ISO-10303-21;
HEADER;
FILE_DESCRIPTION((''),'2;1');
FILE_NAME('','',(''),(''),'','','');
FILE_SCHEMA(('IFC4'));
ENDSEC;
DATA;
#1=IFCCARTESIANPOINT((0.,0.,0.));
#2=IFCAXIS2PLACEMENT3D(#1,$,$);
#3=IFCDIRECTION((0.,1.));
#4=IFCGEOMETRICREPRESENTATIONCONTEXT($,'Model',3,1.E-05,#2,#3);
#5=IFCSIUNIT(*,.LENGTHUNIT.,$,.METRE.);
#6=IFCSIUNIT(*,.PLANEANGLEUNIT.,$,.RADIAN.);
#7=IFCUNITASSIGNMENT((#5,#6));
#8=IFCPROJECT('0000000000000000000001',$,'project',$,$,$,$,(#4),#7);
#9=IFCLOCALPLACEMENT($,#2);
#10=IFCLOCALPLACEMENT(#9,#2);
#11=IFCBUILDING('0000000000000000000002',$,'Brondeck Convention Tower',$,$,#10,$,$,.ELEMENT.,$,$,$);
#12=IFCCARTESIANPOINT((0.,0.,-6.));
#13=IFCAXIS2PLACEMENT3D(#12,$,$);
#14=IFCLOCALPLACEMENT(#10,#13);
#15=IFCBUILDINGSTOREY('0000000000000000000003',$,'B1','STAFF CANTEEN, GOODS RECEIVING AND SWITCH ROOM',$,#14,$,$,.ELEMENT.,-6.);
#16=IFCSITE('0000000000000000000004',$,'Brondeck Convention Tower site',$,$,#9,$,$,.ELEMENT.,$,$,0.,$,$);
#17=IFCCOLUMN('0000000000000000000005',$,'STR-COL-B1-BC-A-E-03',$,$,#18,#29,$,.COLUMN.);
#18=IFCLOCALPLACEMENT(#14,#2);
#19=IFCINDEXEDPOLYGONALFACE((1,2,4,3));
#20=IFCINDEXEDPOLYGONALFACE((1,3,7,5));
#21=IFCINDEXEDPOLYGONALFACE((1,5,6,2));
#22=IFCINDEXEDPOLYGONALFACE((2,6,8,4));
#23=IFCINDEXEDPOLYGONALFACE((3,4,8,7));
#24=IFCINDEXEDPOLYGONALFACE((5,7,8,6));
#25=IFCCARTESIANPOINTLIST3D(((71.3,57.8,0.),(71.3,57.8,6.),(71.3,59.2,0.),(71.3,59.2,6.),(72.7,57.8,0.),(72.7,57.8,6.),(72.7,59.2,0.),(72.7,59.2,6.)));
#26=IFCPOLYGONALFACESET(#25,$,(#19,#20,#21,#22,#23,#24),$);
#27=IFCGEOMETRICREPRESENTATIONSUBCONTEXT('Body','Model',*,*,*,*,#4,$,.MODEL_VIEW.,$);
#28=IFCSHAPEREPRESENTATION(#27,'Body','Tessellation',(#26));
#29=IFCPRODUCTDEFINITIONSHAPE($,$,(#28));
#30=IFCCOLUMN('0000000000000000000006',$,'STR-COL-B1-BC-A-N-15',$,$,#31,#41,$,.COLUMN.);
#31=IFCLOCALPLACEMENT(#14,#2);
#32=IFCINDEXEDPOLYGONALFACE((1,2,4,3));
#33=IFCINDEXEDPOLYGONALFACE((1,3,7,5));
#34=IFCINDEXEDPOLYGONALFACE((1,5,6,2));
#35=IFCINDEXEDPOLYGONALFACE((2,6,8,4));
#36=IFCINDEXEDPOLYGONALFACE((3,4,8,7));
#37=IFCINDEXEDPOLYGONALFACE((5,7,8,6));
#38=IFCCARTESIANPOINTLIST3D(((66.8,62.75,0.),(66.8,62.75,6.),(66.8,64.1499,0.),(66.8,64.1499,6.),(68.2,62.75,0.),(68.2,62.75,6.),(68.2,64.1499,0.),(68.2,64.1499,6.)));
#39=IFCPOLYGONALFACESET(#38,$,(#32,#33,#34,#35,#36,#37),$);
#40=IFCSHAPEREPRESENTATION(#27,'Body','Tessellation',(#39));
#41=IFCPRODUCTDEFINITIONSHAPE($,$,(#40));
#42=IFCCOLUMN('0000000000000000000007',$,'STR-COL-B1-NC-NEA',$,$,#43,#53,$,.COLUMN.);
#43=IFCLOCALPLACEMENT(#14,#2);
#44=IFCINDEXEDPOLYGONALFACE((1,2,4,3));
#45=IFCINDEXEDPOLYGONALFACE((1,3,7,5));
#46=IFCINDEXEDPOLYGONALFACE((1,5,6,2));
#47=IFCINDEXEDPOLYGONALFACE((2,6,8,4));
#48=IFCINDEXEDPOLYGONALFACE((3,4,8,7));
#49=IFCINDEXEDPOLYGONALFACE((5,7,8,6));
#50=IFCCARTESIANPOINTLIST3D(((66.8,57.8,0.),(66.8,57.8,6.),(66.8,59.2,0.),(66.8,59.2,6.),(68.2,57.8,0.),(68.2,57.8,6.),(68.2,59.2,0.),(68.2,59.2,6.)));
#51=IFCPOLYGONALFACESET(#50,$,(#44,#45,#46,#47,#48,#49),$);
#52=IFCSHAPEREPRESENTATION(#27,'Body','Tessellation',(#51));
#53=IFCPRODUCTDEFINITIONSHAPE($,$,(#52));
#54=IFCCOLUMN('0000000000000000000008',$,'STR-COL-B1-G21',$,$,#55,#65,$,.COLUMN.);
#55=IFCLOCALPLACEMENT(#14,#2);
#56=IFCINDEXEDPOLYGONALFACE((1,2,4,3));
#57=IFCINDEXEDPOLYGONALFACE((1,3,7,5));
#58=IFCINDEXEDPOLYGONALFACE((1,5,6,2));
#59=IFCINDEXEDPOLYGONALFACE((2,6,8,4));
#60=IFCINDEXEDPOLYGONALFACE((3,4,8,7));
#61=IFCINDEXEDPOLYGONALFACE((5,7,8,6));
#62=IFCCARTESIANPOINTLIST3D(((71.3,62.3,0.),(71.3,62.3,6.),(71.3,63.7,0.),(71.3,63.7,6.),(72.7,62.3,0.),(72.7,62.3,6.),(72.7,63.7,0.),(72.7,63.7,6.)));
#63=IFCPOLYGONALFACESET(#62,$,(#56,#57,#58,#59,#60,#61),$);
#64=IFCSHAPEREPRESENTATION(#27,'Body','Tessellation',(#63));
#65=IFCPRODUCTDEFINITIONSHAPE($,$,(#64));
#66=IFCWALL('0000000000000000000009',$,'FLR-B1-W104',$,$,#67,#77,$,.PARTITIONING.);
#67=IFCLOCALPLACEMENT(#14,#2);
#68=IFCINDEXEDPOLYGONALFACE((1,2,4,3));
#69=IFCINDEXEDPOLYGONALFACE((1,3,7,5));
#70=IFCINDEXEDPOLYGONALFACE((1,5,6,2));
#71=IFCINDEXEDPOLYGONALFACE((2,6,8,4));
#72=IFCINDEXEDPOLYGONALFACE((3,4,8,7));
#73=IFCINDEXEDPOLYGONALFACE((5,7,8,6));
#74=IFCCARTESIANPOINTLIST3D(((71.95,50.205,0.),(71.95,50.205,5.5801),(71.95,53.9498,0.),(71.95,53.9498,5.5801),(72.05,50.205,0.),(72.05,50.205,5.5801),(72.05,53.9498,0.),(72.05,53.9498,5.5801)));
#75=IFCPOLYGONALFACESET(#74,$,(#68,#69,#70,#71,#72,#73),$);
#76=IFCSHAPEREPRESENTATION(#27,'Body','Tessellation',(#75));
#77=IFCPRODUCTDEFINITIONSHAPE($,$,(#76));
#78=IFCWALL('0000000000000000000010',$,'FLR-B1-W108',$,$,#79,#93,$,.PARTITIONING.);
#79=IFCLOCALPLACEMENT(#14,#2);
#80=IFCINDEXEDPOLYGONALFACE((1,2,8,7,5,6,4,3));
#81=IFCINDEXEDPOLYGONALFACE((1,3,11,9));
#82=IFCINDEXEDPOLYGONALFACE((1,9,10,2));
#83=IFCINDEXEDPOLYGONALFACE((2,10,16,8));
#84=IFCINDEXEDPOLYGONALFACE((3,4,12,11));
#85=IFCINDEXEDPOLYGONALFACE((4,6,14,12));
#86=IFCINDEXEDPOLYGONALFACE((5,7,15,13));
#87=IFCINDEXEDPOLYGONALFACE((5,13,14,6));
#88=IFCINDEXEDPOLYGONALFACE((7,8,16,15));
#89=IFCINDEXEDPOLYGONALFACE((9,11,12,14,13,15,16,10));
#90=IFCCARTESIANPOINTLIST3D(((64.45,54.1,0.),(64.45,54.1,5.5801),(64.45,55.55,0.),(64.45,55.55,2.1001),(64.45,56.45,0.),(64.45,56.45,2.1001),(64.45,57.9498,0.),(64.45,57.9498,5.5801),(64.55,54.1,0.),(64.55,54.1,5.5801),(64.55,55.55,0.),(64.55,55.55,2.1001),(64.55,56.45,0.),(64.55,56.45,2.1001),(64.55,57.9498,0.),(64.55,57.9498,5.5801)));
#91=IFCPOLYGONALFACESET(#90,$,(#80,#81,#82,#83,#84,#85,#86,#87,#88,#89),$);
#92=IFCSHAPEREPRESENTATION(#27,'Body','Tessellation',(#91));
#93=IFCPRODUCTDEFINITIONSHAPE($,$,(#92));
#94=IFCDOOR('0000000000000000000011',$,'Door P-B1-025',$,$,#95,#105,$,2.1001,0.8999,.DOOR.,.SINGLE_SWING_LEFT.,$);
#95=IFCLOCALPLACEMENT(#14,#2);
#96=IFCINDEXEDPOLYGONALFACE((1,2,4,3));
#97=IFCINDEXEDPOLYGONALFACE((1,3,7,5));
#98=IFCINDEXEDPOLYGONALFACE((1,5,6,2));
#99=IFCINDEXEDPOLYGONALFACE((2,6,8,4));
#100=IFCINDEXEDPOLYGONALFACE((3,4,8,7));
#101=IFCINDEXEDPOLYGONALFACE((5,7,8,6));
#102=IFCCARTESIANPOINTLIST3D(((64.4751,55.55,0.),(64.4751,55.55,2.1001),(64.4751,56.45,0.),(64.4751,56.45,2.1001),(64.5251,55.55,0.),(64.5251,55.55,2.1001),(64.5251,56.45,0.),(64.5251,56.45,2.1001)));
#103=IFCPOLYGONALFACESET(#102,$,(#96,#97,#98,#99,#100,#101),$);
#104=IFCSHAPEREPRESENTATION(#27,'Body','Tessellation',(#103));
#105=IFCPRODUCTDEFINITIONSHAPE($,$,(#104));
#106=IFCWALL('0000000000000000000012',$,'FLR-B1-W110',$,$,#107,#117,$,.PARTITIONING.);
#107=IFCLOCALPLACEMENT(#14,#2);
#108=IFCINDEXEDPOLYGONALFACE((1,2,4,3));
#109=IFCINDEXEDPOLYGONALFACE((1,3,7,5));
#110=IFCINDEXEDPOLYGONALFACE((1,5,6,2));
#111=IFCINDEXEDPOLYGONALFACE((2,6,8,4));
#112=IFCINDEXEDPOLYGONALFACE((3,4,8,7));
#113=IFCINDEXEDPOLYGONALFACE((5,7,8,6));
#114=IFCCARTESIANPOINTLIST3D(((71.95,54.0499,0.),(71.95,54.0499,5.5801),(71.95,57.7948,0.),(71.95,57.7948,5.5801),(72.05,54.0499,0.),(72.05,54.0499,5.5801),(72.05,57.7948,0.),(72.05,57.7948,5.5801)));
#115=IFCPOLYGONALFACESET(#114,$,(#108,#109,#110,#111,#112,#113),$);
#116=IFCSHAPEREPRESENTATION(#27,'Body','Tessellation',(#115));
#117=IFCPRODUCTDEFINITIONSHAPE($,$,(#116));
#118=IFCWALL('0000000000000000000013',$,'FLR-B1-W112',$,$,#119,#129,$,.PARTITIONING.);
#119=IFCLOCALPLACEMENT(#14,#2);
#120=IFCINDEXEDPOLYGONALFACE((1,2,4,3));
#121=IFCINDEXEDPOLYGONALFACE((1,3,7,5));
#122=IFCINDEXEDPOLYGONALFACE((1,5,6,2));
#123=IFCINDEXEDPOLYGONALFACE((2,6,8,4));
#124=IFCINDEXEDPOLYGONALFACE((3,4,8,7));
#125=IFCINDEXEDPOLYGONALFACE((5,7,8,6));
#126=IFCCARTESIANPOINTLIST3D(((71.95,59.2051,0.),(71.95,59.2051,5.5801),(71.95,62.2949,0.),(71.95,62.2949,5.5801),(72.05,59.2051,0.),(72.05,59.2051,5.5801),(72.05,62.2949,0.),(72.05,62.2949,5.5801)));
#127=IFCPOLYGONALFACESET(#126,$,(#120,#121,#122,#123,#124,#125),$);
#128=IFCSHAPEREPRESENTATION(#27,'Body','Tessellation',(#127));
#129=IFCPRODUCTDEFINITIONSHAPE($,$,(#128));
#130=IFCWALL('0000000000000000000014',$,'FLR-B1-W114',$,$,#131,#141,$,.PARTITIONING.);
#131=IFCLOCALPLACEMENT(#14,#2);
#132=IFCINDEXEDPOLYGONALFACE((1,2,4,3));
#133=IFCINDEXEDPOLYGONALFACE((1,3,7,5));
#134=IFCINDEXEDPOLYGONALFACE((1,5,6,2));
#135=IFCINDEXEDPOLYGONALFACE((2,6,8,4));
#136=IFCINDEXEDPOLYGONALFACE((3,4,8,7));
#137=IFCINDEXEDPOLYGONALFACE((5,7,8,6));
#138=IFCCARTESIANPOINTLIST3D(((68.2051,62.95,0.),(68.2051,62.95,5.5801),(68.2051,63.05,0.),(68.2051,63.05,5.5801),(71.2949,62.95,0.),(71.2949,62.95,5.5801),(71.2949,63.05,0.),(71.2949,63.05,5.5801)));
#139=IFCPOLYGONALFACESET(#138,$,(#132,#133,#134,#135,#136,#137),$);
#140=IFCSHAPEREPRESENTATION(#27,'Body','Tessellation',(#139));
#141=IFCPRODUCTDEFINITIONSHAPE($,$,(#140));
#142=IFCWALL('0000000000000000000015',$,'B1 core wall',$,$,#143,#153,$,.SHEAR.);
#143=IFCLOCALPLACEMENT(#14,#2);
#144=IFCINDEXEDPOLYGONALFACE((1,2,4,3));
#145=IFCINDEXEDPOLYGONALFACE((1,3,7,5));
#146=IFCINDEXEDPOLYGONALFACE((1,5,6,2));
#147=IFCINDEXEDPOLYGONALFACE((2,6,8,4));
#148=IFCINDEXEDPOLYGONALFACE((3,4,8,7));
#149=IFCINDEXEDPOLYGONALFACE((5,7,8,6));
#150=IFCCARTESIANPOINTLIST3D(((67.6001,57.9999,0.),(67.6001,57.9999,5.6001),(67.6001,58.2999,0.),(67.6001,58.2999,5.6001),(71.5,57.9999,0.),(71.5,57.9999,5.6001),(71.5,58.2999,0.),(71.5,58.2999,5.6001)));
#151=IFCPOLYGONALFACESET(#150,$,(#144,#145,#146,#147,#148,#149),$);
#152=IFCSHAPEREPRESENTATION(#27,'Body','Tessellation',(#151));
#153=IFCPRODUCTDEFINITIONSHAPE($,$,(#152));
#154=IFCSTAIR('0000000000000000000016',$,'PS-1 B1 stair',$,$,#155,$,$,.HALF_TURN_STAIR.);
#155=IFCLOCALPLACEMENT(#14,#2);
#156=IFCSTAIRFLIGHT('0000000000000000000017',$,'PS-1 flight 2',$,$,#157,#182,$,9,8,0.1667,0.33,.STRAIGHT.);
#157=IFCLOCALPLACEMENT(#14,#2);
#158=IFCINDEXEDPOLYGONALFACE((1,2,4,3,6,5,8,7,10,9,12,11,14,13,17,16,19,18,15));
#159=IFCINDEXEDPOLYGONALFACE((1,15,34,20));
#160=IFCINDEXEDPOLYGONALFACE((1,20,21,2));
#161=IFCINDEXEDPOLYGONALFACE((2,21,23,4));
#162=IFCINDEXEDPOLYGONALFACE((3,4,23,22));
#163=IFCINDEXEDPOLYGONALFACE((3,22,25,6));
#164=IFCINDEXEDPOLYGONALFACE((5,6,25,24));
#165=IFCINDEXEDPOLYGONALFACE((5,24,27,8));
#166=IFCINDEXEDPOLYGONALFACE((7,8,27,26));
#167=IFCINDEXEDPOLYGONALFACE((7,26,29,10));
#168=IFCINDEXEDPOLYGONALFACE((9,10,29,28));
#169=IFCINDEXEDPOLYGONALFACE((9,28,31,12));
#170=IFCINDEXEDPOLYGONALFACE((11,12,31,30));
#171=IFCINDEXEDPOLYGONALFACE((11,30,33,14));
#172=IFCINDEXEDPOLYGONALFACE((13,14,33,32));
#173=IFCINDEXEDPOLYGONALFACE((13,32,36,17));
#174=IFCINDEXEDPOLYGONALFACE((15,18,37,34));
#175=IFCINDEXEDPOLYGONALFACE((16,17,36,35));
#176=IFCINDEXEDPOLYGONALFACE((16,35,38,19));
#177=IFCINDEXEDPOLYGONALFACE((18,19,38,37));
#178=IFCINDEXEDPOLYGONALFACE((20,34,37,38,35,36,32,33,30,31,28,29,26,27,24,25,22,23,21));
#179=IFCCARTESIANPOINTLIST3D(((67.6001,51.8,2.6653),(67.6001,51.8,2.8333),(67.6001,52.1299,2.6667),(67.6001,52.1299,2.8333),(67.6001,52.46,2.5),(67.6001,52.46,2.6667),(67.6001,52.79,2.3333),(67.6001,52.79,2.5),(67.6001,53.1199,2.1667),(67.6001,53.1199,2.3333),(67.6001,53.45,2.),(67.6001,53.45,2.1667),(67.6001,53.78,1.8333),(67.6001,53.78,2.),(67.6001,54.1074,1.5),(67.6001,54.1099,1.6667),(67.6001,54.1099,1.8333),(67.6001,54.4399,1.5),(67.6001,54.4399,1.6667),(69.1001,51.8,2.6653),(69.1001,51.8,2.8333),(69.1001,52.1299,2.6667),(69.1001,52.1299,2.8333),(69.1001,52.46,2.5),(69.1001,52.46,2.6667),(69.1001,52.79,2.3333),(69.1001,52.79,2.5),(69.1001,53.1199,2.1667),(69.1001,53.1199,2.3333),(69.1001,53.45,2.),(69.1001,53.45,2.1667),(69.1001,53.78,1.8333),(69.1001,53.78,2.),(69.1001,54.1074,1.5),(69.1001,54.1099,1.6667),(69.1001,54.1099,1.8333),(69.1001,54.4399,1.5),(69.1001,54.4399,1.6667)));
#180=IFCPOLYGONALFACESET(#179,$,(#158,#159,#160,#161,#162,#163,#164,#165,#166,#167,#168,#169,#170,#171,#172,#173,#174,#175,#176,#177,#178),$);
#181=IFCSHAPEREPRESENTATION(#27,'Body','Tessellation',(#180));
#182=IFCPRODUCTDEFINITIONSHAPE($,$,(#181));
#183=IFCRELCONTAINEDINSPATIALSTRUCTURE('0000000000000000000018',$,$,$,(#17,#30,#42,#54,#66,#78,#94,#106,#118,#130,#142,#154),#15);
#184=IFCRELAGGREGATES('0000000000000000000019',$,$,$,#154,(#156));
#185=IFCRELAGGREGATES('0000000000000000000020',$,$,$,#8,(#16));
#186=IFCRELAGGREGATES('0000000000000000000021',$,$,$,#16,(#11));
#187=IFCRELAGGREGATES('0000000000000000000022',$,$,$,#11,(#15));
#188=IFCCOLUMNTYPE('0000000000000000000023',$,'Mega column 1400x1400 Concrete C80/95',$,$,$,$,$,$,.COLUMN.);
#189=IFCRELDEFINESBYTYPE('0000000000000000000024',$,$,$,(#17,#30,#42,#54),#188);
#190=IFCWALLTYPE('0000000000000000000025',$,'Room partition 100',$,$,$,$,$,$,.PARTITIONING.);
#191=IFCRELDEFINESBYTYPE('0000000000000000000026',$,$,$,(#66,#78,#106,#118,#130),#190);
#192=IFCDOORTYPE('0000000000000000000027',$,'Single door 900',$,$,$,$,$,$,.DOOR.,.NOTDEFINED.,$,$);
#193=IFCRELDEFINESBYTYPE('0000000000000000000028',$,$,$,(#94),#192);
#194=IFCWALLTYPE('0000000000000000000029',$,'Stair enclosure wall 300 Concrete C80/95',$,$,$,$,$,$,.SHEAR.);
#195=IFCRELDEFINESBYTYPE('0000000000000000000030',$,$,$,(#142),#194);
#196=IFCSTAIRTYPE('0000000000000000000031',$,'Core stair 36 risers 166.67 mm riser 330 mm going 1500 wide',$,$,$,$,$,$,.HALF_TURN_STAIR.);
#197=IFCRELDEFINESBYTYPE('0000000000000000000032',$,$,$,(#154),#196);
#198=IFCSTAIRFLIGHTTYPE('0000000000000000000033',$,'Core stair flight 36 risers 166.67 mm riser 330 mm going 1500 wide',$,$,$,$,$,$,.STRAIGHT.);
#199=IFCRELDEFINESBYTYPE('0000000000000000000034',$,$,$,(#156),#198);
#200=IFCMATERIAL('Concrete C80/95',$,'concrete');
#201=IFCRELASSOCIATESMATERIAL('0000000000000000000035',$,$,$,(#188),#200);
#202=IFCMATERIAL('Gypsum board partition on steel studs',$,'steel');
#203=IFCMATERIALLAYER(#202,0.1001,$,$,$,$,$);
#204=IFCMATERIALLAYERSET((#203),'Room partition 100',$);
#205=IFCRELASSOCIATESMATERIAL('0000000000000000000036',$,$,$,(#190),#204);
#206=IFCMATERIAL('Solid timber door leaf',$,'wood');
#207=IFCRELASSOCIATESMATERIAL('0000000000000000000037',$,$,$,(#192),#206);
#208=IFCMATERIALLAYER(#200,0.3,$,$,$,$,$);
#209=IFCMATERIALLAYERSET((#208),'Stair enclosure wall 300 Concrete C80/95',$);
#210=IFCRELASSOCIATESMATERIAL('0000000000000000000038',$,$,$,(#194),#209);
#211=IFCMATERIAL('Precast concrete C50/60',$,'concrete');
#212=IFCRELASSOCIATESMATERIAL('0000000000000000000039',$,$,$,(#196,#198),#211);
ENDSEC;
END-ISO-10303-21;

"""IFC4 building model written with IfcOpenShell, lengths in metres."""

from ifc_helpers import new_model, si_unit, direction, frame, frame_2d, origin, origin_2d, place, context, subcontext, project, spatial, polyline, rectangle, outline, extrude, material, layer, layer_set, material_profile, profile_set, type_object, element, fill, aggregate, save


model = new_model("IFC4")

# Units and contexts
model_context = context("Model", 3, precision=1e-05, world=origin(), true_north=direction((0.0, 1.0)))
body_context = subcontext(model_context, "Body", "Model", "MODEL_VIEW")
ifc_project = project(units=[si_unit("LENGTHUNIT", "METRE"), si_unit("PLANEANGLEUNIT", "RADIAN")], contexts=[model_context])

# Site, building, storey
site_placement = place(None, origin())
site = spatial("IfcSite", under=ifc_project, at=site_placement, Name="Brondeck Convention Tower site", CompositionType="ELEMENT", RefElevation=0.0)
building_placement = place(site_placement, origin())
building = spatial("IfcBuilding", under=site, at=building_placement, Name="Brondeck Convention Tower", CompositionType="ELEMENT")
storey_placement = place(building_placement, frame((0.0, 0.0, -6.0)))
storey = spatial("IfcBuildingStorey", under=building, at=storey_placement, Name="B1", Description="STAFF CANTEEN, GOODS RECEIVING AND SWITCH ROOM", CompositionType="ELEMENT", Elevation=-6.0)

# Columns
ifc_material_1 = material(Name="Concrete C80/95", Category="concrete")
ifc_material_profile_1 = material_profile(ifc_material_1, rectangle(XDim=1.3999, YDim=1.3999, at=origin_2d()), Name="Mega column 1400x1400 Concrete C80/95")
ifc_profile_set_1 = profile_set([ifc_material_profile_1], Name="Concrete C80/95")
column_type = type_object("IfcColumnType", Name="Mega column 1400x1400 Concrete C80/95", PredefinedType="COLUMN", material=ifc_profile_set_1)
for number, where, z_axis, x_axis, name in (
    (1, (72.0, 58.5, 0.0), (0.0, 0.0, 1.0), (1.0, 0.0, 0.0), "STR-COL-B1-BC-A-E-03"),
    (2, (67.5, 63.45, 0.0), (0.0, 0.0, 1.0), (1.0, 0.0, 0.0), "STR-COL-B1-BC-A-N-15"),
    (3, (67.5, 58.5, 0.0), (0.0, 0.0, 1.0), (1.0, 0.0, 0.0), "STR-COL-B1-NC-NEA"),
    (4, (72.0, 63.0, 0.0), (0.0, 0.0, 1.0), (1.0, 0.0, 0.0), "STR-COL-B1-G21"),
):
    element("IfcColumn", number, at=place(storey_placement, frame(where, z_axis=z_axis, x_axis=x_axis)), inside=storey, type_object=column_type, Name=name, PredefinedType="COLUMN", context=body_context, shape_type="SweptSolid", body=[
        extrude(rectangle(XDim=1.3999, YDim=1.3999, at=origin_2d()), origin(), (0.0, 0.0, 1.0), 6.0),
    ])

# Wall
ifc_material_2 = material(Name="Gypsum board partition on steel studs", Category="steel")
ifc_layer_1 = layer(ifc_material_2, 0.1001)
ifc_layer_set_1 = layer_set([ifc_layer_1], Name="Room partition 100")
wall_type_1 = type_object("IfcWallType", Name="Room partition 100", PredefinedType="PARTITIONING", material=ifc_layer_set_1)
wall_1_placement = place(storey_placement, frame((72.0, 53.95, 0.0), z_axis=(0.0, 0.0, 1.0), x_axis=(0.0, -1.0, 0.0)))
element("IfcWall", 5, at=wall_1_placement, inside=storey, type_object=wall_type_1, Name="FLR-B1-W104", PredefinedType="PARTITIONING", context=body_context, shape_type="SweptSolid", body=[
    extrude(rectangle(XDim=3.7449, YDim=0.1001, at=frame_2d((1.8726, 0.0))), origin(), (0.0, 0.0, 1.0), 5.5801),
])

# Wall, opening, door
wall_2_placement = place(storey_placement, frame((64.5, 54.1001, 0.0), z_axis=(0.0, 0.0, 1.0), x_axis=(0.0, 1.0, 0.0)))
wall_2 = element("IfcWall", 6, at=wall_2_placement, inside=storey, type_object=wall_type_1, Name="FLR-B1-W108", PredefinedType="PARTITIONING", context=body_context, shape_type="SweptSolid", body=[
    extrude(rectangle(XDim=3.8499, YDim=0.1001, at=frame_2d((1.9248, 0.0))), origin(), (0.0, 0.0, 1.0), 5.5801),
])
opening_placement = place(wall_2_placement, frame((1.45, 0.0, 0.0)))
opening = element("IfcOpeningElement", 7, at=opening_placement, cuts=wall_2, PredefinedType="OPENING", context=body_context, shape_type="SweptSolid", body=[
    extrude(rectangle(XDim=0.8999, YDim=2.1001, at=frame_2d((0.45, 1.05))), frame((0.0, 0.0601, 0.0), z_axis=(0.0, -1.0, 0.0), x_axis=(1.0, 0.0, 0.0)), (0.0, 0.0, 1.0), 0.1201),
])
ifc_material_3 = material(Name="Solid timber door leaf", Category="wood")
door_type = type_object("IfcDoorType", Name="Single door 900", OperationType="NOTDEFINED", PredefinedType="DOOR", material=ifc_material_3)
door_placement = place(opening_placement, origin())
door = element("IfcDoor", 8, at=door_placement, inside=storey, type_object=door_type, Name="Door P-B1-025", OperationType="SINGLE_SWING_LEFT", OverallHeight=2.1001, OverallWidth=0.8999, PredefinedType="DOOR", context=body_context, shape_type="SweptSolid", body=[
    extrude(rectangle(XDim=0.8999, YDim=2.1001, at=frame_2d((0.45, 1.05))), frame((0.0, 0.0249, 0.0), z_axis=(0.0, -1.0, 0.0), x_axis=(1.0, 0.0, 0.0)), (0.0, 0.0, 1.0), 0.05),
])
fill(opening, door)

# Walls
wall_3_placement = place(storey_placement, frame((72.0, 57.7949, 0.0), z_axis=(0.0, 0.0, 1.0), x_axis=(0.0, -1.0, 0.0)))
element("IfcWall", 9, at=wall_3_placement, inside=storey, type_object=wall_type_1, Name="FLR-B1-W110", PredefinedType="PARTITIONING", context=body_context, shape_type="SweptSolid", body=[
    extrude(rectangle(XDim=3.7449, YDim=0.1001, at=frame_2d((1.8726, 0.0))), origin(), (0.0, 0.0, 1.0), 5.5801),
])
for number, where, z_axis, x_axis, name in (
    (10, (72.0, 62.2949, 0.0), (0.0, 0.0, 1.0), (0.0, -1.0, 0.0), "FLR-B1-W112"),
    (11, (68.2051, 63.0, 0.0), (0.0, 0.0, 1.0), (1.0, 0.0, 0.0), "FLR-B1-W114"),
):
    element("IfcWall", number, at=place(storey_placement, frame(where, z_axis=z_axis, x_axis=x_axis)), inside=storey, type_object=wall_type_1, Name=name, PredefinedType="PARTITIONING", context=body_context, shape_type="SweptSolid", body=[
        extrude(rectangle(XDim=3.0898, YDim=0.1001, at=frame_2d((1.5449, 0.0))), origin(), (0.0, 0.0, 1.0), 5.5801),
    ])
ifc_layer_2 = layer(ifc_material_1, 0.3)
ifc_layer_set_2 = layer_set([ifc_layer_2], Name="Stair enclosure wall 300 Concrete C80/95")
wall_type_2 = type_object("IfcWallType", Name="Stair enclosure wall 300 Concrete C80/95", PredefinedType="SHEAR", material=ifc_layer_set_2)
wall_4_placement = place(storey_placement, frame((67.6001, 58.1499, 0.0), z_axis=(0.0, 0.0, 1.0), x_axis=(1.0, 0.0, 0.0)))
element("IfcWall", 12, at=wall_4_placement, inside=storey, type_object=wall_type_2, Name="B1 core wall", PredefinedType="SHEAR", context=body_context, shape_type="SweptSolid", body=[
    extrude(rectangle(XDim=3.8999, YDim=0.3, at=frame_2d((1.95, 0.0))), origin(), (0.0, 0.0, 1.0), 5.6001),
])

# Stair, stair flight
ifc_material_4 = material(Name="Precast concrete C50/60", Category="concrete")
stair_type = type_object("IfcStairType", Name="Core stair 36 risers 166.67 mm riser 330 mm going 1500 wide", PredefinedType="HALF_TURN_STAIR", material=ifc_material_4)
stair_placement = place(storey_placement, origin())
stair = element("IfcStair", 13, at=stair_placement, inside=storey, type_object=stair_type, Name="PS-1 B1 stair", PredefinedType="HALF_TURN_STAIR")
stair_flight_type = type_object("IfcStairFlightType", Name="Core stair flight 36 risers 166.67 mm riser 330 mm going 1500 wide", PredefinedType="STRAIGHT", material=ifc_material_4)
stair_flight_1_placement = place(storey_placement, frame((68.3501, 54.4399, 1.5), z_axis=(0.0, 0.0, 1.0), x_axis=(0.0, -1.0, 0.0)))
stair_flight_1 = element("IfcStairFlight", 14, at=stair_flight_1_placement, type_object=stair_flight_type, Name="PS-1 flight 2", NumberOfRisers=9, NumberOfTreads=8, PredefinedType="STRAIGHT", RiserHeight=0.1667, TreadLength=0.33, context=body_context, shape_type="SweptSolid", body=[
    extrude(outline(polyline([(0.0, 0.0), (0.0, 0.1667), (0.3301, 0.1667), (0.3301, 0.3333), (0.6599, 0.3333), (0.6599, 0.5), (0.99, 0.5), (0.99, 0.6667), (1.3201, 0.6667), (1.3201, 0.8333), (1.6499, 0.8333), (1.6499, 1.0), (1.98, 1.0), (1.98, 1.1667), (2.3101, 1.1667), (2.3101, 1.3333), (2.6399, 1.3333), (2.6399, 1.5), (2.6399, 1.1653), (0.3325, 0.0), (0.0, 0.0)])), frame((0.0, 0.75, 0.0), z_axis=(0.0, -1.0, 0.0), x_axis=(1.0, 0.0, 0.0)), (0.0, 0.0, 1.0), 1.5),
])
aggregate(stair, [stair_flight_1])

save(model, "model.ifc")
